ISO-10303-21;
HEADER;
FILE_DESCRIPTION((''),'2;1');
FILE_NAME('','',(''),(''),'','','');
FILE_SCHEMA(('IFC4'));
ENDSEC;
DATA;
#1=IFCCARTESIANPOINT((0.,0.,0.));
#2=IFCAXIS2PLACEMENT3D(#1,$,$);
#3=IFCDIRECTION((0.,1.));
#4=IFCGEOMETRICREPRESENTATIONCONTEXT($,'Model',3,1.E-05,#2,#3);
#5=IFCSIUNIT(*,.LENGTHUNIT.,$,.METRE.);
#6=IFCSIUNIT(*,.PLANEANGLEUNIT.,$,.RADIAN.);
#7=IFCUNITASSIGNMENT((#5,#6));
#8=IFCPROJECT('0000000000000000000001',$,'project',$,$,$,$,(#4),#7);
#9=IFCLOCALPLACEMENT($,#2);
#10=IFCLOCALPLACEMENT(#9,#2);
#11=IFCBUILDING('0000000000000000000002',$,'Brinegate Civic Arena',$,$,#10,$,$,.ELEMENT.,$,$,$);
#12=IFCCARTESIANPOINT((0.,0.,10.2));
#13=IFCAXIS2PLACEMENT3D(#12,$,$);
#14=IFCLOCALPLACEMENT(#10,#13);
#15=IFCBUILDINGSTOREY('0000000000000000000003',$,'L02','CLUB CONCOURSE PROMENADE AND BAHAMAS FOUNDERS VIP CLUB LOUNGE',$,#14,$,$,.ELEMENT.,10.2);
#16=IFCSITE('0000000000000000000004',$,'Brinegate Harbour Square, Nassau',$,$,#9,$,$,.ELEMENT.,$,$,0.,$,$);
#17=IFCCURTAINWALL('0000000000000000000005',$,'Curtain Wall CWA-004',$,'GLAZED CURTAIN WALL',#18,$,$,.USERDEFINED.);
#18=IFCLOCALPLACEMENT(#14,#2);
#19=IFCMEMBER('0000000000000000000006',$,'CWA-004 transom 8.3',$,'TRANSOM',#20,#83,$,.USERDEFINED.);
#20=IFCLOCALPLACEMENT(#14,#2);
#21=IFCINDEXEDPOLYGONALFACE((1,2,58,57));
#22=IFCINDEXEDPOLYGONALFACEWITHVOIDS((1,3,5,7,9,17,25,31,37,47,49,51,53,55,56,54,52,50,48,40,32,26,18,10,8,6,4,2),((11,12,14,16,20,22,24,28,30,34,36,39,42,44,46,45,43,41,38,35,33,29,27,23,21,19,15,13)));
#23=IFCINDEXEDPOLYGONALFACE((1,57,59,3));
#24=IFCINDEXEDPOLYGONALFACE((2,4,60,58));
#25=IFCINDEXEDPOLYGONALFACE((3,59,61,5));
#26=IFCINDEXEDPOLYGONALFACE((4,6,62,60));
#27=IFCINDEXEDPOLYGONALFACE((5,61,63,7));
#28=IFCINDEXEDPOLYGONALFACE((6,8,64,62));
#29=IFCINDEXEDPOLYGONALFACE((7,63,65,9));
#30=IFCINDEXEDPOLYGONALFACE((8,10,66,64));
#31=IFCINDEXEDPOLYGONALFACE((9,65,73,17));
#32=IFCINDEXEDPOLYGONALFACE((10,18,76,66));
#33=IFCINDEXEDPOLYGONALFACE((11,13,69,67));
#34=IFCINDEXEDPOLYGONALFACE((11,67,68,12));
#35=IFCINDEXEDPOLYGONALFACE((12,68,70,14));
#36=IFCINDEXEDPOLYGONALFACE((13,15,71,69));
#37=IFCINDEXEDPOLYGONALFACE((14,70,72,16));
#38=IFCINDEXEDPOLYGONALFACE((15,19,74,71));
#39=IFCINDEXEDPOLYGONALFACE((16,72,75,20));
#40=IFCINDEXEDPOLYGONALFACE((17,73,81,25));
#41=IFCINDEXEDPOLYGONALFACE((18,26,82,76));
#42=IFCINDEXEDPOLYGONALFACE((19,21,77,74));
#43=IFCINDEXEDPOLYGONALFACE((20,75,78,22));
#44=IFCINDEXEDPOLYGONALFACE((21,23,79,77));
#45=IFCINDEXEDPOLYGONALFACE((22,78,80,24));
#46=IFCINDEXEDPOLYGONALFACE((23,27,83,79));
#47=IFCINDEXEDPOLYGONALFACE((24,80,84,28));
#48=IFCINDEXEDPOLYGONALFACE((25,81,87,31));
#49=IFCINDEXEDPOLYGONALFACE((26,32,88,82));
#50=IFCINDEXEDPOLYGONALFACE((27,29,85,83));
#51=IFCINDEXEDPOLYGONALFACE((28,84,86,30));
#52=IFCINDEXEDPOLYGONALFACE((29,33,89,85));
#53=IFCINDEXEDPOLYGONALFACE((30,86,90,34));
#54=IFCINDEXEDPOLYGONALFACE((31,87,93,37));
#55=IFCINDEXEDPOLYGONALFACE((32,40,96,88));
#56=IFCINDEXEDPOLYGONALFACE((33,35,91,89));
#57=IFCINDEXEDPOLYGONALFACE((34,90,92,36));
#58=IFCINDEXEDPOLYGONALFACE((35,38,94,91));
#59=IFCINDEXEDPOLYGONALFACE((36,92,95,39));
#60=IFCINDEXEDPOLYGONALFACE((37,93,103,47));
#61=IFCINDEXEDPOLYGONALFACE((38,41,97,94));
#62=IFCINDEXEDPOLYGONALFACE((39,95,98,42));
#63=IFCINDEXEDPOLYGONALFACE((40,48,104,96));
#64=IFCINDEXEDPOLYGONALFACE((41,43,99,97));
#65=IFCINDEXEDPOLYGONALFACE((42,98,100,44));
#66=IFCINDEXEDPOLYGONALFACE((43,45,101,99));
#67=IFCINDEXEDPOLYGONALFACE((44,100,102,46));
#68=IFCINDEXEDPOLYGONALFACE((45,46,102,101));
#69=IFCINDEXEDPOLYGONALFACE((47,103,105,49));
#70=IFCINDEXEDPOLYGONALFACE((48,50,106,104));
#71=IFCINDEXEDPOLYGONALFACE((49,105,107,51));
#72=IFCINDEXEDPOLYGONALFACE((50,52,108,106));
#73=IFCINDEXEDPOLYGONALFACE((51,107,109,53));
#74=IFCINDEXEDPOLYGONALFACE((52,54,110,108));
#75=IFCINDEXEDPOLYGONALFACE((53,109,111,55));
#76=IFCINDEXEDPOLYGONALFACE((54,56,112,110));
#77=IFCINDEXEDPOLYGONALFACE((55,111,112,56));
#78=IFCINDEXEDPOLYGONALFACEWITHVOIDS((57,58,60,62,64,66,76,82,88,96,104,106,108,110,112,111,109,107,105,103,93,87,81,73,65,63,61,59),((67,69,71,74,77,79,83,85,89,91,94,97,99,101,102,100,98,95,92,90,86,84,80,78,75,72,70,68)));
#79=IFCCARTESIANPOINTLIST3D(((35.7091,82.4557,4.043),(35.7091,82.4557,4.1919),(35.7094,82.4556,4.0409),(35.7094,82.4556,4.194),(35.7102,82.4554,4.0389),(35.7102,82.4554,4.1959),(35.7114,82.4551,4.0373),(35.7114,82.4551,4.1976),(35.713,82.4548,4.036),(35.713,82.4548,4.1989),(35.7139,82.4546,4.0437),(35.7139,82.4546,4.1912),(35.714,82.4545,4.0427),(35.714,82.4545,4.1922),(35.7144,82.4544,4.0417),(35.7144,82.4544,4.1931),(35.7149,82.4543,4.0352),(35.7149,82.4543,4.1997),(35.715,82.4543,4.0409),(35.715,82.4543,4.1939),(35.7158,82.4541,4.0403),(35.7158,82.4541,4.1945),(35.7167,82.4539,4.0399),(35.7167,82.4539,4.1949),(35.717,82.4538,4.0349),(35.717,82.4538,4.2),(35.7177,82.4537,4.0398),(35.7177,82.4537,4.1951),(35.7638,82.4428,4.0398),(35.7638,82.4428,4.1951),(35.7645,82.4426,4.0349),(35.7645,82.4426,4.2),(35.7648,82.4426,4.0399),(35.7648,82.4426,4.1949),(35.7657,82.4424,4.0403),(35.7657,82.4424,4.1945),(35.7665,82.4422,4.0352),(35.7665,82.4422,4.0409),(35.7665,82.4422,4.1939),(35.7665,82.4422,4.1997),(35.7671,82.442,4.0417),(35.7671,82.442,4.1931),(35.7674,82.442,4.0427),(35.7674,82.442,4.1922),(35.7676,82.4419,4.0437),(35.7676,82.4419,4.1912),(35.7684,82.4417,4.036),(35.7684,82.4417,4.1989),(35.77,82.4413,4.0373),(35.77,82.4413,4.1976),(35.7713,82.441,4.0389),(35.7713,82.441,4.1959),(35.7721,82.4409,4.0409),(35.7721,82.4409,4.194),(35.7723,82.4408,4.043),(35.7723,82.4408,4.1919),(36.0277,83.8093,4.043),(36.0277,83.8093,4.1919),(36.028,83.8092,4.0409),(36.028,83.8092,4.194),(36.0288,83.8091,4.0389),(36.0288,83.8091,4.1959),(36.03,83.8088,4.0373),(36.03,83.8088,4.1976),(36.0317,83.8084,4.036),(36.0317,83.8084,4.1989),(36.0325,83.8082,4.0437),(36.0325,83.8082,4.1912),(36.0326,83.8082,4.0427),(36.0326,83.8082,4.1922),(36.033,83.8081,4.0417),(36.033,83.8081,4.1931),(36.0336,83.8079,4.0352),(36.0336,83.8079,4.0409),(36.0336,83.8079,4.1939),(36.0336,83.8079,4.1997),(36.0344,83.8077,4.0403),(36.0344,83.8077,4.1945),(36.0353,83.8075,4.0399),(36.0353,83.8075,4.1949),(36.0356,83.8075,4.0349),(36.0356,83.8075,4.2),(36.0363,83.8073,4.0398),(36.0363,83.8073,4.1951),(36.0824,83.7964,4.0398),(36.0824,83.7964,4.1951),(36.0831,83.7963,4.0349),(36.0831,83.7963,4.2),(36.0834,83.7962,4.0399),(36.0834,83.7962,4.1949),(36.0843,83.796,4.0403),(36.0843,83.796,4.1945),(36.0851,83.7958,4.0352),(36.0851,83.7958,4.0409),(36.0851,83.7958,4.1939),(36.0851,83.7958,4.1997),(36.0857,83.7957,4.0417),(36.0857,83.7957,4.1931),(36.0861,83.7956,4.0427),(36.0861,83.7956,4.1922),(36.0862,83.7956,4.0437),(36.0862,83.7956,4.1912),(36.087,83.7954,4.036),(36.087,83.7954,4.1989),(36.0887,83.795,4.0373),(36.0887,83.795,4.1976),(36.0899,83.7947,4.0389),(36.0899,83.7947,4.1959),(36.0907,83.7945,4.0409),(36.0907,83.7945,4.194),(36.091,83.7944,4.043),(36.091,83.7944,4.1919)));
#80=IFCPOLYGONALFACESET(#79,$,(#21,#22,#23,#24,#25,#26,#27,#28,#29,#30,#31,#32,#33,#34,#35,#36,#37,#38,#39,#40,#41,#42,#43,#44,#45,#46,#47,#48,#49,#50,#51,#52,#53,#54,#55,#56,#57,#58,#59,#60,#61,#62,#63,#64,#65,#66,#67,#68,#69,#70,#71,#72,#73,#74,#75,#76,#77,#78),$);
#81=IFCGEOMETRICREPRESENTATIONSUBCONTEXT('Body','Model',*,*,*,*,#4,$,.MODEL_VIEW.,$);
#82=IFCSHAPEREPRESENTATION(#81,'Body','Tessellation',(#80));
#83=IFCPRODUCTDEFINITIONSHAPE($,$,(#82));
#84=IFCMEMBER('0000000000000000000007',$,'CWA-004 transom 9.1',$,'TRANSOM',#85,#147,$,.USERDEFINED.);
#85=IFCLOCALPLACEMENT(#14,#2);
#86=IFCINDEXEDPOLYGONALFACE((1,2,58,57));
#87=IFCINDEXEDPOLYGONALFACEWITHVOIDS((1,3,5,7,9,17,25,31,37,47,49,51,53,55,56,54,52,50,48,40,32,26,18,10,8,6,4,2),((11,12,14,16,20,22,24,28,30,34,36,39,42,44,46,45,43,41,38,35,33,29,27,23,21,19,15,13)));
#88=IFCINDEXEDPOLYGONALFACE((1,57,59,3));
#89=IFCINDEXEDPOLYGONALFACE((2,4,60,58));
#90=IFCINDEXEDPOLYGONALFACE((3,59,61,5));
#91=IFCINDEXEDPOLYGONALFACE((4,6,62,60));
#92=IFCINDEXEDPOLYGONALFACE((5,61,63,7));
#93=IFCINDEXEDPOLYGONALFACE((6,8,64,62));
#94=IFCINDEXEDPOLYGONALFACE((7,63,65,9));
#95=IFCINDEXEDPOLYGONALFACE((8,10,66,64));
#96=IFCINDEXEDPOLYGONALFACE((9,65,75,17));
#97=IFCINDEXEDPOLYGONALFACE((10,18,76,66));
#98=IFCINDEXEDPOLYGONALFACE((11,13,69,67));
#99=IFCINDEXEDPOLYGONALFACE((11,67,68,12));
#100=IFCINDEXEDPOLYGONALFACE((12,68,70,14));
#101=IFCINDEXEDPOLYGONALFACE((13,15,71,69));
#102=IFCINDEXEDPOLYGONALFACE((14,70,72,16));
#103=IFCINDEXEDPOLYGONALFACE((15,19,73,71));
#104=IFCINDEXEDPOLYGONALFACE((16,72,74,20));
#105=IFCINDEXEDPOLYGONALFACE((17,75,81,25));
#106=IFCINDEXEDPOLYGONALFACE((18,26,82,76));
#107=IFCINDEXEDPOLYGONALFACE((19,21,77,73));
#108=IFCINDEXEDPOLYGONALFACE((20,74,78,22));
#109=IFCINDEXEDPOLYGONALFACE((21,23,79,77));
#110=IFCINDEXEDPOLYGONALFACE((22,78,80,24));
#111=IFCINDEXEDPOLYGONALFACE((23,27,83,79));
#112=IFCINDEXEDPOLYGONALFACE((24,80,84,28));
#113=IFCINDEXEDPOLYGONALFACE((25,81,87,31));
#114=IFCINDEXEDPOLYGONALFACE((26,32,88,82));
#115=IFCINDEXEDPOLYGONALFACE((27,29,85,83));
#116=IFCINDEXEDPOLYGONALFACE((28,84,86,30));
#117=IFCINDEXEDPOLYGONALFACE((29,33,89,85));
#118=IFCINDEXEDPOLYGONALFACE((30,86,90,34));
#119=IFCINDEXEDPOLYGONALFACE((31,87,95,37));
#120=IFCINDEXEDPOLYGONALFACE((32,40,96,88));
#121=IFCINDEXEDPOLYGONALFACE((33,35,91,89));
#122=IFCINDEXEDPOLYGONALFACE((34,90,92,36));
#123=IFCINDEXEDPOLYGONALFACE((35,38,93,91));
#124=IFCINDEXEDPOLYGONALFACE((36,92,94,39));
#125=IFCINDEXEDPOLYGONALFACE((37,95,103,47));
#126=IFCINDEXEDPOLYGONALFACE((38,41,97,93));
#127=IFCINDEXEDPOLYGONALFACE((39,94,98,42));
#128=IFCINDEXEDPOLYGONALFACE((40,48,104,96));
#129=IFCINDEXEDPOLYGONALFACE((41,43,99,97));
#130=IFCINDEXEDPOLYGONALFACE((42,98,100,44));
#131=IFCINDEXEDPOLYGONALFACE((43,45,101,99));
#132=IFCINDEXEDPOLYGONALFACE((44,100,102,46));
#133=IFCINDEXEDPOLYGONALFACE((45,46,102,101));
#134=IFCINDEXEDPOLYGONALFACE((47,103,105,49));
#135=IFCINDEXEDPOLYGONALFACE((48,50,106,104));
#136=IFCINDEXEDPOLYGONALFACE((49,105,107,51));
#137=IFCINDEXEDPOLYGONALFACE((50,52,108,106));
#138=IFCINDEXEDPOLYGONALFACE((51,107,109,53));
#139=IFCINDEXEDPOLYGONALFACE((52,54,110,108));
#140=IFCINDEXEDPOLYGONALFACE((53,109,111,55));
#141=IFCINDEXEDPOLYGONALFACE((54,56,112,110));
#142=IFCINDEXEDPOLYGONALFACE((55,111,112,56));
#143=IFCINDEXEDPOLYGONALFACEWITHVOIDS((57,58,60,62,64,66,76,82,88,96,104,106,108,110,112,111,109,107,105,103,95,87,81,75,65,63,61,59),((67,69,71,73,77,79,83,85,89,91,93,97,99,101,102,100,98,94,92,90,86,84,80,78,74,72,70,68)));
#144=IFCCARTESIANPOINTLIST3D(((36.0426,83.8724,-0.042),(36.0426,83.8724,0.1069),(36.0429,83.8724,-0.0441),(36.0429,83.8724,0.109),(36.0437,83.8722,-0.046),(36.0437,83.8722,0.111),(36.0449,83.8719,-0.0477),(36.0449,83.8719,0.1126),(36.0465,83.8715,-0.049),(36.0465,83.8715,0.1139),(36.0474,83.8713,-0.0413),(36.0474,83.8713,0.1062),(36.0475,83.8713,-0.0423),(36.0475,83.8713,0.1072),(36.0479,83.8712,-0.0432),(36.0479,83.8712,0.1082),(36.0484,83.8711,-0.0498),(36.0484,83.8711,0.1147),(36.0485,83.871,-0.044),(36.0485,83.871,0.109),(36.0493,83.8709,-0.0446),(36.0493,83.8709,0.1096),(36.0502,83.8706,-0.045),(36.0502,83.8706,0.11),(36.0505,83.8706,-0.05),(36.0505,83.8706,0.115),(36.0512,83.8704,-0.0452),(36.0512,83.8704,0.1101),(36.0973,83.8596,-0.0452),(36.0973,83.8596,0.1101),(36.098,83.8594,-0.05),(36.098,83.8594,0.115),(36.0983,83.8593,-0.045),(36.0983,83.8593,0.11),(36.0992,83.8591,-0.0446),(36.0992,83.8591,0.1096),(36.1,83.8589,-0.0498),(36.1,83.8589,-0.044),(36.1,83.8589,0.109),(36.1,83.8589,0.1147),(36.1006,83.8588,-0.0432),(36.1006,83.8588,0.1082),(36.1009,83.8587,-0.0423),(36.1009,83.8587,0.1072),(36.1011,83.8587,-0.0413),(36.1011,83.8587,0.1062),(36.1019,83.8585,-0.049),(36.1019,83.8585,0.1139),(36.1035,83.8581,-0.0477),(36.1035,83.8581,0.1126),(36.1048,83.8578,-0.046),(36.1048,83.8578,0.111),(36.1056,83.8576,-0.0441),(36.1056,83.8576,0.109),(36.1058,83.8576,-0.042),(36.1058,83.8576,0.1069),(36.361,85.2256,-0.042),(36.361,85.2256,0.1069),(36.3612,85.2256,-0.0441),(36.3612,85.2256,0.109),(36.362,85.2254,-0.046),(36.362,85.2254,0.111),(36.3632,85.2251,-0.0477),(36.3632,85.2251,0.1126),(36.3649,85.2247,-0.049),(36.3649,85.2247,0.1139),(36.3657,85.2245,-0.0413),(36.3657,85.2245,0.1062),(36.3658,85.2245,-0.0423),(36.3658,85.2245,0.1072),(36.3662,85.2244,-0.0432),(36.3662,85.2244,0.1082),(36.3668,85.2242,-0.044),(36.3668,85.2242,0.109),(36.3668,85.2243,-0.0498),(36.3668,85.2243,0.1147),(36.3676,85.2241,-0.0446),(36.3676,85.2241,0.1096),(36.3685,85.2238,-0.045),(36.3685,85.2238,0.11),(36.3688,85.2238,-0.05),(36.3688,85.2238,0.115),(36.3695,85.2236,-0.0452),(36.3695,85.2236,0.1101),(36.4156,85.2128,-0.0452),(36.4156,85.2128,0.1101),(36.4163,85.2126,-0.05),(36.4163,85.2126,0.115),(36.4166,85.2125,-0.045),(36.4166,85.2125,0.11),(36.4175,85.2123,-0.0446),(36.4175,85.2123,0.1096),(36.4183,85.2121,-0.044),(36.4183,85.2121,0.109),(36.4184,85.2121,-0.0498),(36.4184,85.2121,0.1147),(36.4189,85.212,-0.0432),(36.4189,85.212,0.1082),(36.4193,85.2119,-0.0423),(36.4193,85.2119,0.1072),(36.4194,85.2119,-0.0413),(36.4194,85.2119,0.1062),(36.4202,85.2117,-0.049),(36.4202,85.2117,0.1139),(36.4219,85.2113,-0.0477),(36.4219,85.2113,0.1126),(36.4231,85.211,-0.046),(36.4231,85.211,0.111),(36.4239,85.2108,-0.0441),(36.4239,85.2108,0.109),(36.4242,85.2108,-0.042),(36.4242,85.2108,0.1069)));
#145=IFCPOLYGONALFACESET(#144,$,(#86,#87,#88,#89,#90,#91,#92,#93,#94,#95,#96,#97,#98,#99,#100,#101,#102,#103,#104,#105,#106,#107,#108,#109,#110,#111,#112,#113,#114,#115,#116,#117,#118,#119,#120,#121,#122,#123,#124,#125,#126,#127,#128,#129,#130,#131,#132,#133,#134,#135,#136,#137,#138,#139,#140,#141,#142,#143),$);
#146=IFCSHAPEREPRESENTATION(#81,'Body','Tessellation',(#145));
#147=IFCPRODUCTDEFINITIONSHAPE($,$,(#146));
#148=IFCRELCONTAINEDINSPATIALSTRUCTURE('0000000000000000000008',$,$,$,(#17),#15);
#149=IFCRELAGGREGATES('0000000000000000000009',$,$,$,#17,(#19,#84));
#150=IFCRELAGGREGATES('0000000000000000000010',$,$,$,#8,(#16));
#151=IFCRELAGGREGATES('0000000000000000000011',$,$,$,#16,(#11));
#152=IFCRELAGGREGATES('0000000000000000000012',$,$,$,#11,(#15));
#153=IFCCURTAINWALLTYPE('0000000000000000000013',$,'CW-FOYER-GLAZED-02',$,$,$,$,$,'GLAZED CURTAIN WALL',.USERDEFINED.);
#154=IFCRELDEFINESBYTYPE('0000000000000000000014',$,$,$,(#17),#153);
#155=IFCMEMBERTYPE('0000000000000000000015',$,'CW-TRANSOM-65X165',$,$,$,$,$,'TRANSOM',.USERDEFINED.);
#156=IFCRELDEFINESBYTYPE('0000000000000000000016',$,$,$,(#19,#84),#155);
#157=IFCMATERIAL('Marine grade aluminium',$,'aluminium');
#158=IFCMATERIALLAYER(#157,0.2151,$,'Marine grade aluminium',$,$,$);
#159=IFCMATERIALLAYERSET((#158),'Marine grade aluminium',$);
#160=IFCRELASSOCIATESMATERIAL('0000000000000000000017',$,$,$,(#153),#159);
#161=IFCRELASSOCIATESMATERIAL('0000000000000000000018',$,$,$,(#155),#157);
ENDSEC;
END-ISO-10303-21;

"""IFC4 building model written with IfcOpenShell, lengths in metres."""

from ifc_helpers import new_model, si_unit, direction, frame, origin, origin_2d, place, context, subcontext, project, spatial, hollow_rectangle, extrude, material, layer, layer_set, material_profile, profile_set, type_object, element, aggregate, save


model = new_model("IFC4")

# Units and contexts
model_context = context("Model", 3, precision=1e-05, world=origin(), true_north=direction((0.0, 1.0)))
body_context = subcontext(model_context, "Body", "Model", "MODEL_VIEW")
ifc_project = project(units=[si_unit("LENGTHUNIT", "METRE"), si_unit("PLANEANGLEUNIT", "RADIAN")], contexts=[model_context])

# Site, building, storey
site_placement = place(None, origin())
site = spatial("IfcSite", under=ifc_project, at=site_placement, Name="Brinegate Harbour Square, Nassau", CompositionType="ELEMENT", RefElevation=0.0)
building_placement = place(site_placement, origin())
building = spatial("IfcBuilding", under=site, at=building_placement, Name="Brinegate Civic Arena", CompositionType="ELEMENT")
storey_placement = place(building_placement, frame((0.0, 0.0, 10.2)))
storey = spatial("IfcBuildingStorey", under=building, at=storey_placement, Name="L02", Description="CLUB CONCOURSE PROMENADE AND BAHAMAS FOUNDERS VIP CLUB LOUNGE", CompositionType="ELEMENT", Elevation=10.2)

# Curtain wall, members
ifc_material_1 = material(Name="Marine grade aluminium", Category="aluminium")
ifc_layer_1 = layer(ifc_material_1, 0.2151, Name="Marine grade aluminium")
ifc_layer_set_1 = layer_set([ifc_layer_1], Name="Marine grade aluminium")
curtain_wall_type = type_object("IfcCurtainWallType", Name="CW-FOYER-GLAZED-02", ElementType="GLAZED CURTAIN WALL", PredefinedType="USERDEFINED", material=ifc_layer_set_1)
curtain_wall_placement = place(storey_placement, origin())
curtain_wall = element("IfcCurtainWall", 1, at=curtain_wall_placement, inside=storey, type_object=curtain_wall_type, Name="Curtain Wall CWA-004", ObjectType="GLAZED CURTAIN WALL", PredefinedType="USERDEFINED")
ifc_material_profile_1 = material_profile(ifc_material_1, hollow_rectangle(XDim=0.0649, YDim=0.165, WallThickness=0.0049, InnerFilletRadius=0.0039, OuterFilletRadius=0.0081, at=origin_2d()), Name="TRN65X165")
ifc_profile_set_1 = profile_set([ifc_material_profile_1], Name="Marine grade aluminium")
member_type_1 = type_object("IfcMemberType", Name="CW-TRANSOM-65X165", ElementType="TRANSOM", PredefinedType="USERDEFINED", material=ifc_profile_set_1)
member_1_placement = place(storey_placement, frame((35.7407, 82.4482, 4.1174), z_axis=(0.229127, 0.973396, 0.0), x_axis=(-0.973396, 0.229127, 0.0)))
member_1 = element("IfcMember", 2, at=member_1_placement, type_object=member_type_1, Name="CWA-004 transom 8.3", ObjectType="TRANSOM", PredefinedType="USERDEFINED", context=body_context, shape_type="SweptSolid", body=[
    extrude(hollow_rectangle(XDim=0.0649, YDim=0.165, WallThickness=0.0049, InnerFilletRadius=0.0039, OuterFilletRadius=0.0081, at=origin_2d()), origin(), (0.0, 0.0, 1.0), 1.3906),
])
member_2_placement = place(storey_placement, frame((36.0742, 83.865, 0.0325), z_axis=(0.229, 0.973426, 0.0), x_axis=(-0.973426, 0.229, 0.0)))
member_2 = element("IfcMember", 3, at=member_2_placement, type_object=member_type_1, Name="CWA-004 transom 9.1", ObjectType="TRANSOM", PredefinedType="USERDEFINED", context=body_context, shape_type="SweptSolid", body=[
    extrude(hollow_rectangle(XDim=0.0649, YDim=0.165, WallThickness=0.0049, InnerFilletRadius=0.0039, OuterFilletRadius=0.0081, at=origin_2d()), origin(), (0.0, 0.0, 1.0), 1.3901),
])

aggregate(curtain_wall, [member_1, member_2])

save(model, "model.ifc")
